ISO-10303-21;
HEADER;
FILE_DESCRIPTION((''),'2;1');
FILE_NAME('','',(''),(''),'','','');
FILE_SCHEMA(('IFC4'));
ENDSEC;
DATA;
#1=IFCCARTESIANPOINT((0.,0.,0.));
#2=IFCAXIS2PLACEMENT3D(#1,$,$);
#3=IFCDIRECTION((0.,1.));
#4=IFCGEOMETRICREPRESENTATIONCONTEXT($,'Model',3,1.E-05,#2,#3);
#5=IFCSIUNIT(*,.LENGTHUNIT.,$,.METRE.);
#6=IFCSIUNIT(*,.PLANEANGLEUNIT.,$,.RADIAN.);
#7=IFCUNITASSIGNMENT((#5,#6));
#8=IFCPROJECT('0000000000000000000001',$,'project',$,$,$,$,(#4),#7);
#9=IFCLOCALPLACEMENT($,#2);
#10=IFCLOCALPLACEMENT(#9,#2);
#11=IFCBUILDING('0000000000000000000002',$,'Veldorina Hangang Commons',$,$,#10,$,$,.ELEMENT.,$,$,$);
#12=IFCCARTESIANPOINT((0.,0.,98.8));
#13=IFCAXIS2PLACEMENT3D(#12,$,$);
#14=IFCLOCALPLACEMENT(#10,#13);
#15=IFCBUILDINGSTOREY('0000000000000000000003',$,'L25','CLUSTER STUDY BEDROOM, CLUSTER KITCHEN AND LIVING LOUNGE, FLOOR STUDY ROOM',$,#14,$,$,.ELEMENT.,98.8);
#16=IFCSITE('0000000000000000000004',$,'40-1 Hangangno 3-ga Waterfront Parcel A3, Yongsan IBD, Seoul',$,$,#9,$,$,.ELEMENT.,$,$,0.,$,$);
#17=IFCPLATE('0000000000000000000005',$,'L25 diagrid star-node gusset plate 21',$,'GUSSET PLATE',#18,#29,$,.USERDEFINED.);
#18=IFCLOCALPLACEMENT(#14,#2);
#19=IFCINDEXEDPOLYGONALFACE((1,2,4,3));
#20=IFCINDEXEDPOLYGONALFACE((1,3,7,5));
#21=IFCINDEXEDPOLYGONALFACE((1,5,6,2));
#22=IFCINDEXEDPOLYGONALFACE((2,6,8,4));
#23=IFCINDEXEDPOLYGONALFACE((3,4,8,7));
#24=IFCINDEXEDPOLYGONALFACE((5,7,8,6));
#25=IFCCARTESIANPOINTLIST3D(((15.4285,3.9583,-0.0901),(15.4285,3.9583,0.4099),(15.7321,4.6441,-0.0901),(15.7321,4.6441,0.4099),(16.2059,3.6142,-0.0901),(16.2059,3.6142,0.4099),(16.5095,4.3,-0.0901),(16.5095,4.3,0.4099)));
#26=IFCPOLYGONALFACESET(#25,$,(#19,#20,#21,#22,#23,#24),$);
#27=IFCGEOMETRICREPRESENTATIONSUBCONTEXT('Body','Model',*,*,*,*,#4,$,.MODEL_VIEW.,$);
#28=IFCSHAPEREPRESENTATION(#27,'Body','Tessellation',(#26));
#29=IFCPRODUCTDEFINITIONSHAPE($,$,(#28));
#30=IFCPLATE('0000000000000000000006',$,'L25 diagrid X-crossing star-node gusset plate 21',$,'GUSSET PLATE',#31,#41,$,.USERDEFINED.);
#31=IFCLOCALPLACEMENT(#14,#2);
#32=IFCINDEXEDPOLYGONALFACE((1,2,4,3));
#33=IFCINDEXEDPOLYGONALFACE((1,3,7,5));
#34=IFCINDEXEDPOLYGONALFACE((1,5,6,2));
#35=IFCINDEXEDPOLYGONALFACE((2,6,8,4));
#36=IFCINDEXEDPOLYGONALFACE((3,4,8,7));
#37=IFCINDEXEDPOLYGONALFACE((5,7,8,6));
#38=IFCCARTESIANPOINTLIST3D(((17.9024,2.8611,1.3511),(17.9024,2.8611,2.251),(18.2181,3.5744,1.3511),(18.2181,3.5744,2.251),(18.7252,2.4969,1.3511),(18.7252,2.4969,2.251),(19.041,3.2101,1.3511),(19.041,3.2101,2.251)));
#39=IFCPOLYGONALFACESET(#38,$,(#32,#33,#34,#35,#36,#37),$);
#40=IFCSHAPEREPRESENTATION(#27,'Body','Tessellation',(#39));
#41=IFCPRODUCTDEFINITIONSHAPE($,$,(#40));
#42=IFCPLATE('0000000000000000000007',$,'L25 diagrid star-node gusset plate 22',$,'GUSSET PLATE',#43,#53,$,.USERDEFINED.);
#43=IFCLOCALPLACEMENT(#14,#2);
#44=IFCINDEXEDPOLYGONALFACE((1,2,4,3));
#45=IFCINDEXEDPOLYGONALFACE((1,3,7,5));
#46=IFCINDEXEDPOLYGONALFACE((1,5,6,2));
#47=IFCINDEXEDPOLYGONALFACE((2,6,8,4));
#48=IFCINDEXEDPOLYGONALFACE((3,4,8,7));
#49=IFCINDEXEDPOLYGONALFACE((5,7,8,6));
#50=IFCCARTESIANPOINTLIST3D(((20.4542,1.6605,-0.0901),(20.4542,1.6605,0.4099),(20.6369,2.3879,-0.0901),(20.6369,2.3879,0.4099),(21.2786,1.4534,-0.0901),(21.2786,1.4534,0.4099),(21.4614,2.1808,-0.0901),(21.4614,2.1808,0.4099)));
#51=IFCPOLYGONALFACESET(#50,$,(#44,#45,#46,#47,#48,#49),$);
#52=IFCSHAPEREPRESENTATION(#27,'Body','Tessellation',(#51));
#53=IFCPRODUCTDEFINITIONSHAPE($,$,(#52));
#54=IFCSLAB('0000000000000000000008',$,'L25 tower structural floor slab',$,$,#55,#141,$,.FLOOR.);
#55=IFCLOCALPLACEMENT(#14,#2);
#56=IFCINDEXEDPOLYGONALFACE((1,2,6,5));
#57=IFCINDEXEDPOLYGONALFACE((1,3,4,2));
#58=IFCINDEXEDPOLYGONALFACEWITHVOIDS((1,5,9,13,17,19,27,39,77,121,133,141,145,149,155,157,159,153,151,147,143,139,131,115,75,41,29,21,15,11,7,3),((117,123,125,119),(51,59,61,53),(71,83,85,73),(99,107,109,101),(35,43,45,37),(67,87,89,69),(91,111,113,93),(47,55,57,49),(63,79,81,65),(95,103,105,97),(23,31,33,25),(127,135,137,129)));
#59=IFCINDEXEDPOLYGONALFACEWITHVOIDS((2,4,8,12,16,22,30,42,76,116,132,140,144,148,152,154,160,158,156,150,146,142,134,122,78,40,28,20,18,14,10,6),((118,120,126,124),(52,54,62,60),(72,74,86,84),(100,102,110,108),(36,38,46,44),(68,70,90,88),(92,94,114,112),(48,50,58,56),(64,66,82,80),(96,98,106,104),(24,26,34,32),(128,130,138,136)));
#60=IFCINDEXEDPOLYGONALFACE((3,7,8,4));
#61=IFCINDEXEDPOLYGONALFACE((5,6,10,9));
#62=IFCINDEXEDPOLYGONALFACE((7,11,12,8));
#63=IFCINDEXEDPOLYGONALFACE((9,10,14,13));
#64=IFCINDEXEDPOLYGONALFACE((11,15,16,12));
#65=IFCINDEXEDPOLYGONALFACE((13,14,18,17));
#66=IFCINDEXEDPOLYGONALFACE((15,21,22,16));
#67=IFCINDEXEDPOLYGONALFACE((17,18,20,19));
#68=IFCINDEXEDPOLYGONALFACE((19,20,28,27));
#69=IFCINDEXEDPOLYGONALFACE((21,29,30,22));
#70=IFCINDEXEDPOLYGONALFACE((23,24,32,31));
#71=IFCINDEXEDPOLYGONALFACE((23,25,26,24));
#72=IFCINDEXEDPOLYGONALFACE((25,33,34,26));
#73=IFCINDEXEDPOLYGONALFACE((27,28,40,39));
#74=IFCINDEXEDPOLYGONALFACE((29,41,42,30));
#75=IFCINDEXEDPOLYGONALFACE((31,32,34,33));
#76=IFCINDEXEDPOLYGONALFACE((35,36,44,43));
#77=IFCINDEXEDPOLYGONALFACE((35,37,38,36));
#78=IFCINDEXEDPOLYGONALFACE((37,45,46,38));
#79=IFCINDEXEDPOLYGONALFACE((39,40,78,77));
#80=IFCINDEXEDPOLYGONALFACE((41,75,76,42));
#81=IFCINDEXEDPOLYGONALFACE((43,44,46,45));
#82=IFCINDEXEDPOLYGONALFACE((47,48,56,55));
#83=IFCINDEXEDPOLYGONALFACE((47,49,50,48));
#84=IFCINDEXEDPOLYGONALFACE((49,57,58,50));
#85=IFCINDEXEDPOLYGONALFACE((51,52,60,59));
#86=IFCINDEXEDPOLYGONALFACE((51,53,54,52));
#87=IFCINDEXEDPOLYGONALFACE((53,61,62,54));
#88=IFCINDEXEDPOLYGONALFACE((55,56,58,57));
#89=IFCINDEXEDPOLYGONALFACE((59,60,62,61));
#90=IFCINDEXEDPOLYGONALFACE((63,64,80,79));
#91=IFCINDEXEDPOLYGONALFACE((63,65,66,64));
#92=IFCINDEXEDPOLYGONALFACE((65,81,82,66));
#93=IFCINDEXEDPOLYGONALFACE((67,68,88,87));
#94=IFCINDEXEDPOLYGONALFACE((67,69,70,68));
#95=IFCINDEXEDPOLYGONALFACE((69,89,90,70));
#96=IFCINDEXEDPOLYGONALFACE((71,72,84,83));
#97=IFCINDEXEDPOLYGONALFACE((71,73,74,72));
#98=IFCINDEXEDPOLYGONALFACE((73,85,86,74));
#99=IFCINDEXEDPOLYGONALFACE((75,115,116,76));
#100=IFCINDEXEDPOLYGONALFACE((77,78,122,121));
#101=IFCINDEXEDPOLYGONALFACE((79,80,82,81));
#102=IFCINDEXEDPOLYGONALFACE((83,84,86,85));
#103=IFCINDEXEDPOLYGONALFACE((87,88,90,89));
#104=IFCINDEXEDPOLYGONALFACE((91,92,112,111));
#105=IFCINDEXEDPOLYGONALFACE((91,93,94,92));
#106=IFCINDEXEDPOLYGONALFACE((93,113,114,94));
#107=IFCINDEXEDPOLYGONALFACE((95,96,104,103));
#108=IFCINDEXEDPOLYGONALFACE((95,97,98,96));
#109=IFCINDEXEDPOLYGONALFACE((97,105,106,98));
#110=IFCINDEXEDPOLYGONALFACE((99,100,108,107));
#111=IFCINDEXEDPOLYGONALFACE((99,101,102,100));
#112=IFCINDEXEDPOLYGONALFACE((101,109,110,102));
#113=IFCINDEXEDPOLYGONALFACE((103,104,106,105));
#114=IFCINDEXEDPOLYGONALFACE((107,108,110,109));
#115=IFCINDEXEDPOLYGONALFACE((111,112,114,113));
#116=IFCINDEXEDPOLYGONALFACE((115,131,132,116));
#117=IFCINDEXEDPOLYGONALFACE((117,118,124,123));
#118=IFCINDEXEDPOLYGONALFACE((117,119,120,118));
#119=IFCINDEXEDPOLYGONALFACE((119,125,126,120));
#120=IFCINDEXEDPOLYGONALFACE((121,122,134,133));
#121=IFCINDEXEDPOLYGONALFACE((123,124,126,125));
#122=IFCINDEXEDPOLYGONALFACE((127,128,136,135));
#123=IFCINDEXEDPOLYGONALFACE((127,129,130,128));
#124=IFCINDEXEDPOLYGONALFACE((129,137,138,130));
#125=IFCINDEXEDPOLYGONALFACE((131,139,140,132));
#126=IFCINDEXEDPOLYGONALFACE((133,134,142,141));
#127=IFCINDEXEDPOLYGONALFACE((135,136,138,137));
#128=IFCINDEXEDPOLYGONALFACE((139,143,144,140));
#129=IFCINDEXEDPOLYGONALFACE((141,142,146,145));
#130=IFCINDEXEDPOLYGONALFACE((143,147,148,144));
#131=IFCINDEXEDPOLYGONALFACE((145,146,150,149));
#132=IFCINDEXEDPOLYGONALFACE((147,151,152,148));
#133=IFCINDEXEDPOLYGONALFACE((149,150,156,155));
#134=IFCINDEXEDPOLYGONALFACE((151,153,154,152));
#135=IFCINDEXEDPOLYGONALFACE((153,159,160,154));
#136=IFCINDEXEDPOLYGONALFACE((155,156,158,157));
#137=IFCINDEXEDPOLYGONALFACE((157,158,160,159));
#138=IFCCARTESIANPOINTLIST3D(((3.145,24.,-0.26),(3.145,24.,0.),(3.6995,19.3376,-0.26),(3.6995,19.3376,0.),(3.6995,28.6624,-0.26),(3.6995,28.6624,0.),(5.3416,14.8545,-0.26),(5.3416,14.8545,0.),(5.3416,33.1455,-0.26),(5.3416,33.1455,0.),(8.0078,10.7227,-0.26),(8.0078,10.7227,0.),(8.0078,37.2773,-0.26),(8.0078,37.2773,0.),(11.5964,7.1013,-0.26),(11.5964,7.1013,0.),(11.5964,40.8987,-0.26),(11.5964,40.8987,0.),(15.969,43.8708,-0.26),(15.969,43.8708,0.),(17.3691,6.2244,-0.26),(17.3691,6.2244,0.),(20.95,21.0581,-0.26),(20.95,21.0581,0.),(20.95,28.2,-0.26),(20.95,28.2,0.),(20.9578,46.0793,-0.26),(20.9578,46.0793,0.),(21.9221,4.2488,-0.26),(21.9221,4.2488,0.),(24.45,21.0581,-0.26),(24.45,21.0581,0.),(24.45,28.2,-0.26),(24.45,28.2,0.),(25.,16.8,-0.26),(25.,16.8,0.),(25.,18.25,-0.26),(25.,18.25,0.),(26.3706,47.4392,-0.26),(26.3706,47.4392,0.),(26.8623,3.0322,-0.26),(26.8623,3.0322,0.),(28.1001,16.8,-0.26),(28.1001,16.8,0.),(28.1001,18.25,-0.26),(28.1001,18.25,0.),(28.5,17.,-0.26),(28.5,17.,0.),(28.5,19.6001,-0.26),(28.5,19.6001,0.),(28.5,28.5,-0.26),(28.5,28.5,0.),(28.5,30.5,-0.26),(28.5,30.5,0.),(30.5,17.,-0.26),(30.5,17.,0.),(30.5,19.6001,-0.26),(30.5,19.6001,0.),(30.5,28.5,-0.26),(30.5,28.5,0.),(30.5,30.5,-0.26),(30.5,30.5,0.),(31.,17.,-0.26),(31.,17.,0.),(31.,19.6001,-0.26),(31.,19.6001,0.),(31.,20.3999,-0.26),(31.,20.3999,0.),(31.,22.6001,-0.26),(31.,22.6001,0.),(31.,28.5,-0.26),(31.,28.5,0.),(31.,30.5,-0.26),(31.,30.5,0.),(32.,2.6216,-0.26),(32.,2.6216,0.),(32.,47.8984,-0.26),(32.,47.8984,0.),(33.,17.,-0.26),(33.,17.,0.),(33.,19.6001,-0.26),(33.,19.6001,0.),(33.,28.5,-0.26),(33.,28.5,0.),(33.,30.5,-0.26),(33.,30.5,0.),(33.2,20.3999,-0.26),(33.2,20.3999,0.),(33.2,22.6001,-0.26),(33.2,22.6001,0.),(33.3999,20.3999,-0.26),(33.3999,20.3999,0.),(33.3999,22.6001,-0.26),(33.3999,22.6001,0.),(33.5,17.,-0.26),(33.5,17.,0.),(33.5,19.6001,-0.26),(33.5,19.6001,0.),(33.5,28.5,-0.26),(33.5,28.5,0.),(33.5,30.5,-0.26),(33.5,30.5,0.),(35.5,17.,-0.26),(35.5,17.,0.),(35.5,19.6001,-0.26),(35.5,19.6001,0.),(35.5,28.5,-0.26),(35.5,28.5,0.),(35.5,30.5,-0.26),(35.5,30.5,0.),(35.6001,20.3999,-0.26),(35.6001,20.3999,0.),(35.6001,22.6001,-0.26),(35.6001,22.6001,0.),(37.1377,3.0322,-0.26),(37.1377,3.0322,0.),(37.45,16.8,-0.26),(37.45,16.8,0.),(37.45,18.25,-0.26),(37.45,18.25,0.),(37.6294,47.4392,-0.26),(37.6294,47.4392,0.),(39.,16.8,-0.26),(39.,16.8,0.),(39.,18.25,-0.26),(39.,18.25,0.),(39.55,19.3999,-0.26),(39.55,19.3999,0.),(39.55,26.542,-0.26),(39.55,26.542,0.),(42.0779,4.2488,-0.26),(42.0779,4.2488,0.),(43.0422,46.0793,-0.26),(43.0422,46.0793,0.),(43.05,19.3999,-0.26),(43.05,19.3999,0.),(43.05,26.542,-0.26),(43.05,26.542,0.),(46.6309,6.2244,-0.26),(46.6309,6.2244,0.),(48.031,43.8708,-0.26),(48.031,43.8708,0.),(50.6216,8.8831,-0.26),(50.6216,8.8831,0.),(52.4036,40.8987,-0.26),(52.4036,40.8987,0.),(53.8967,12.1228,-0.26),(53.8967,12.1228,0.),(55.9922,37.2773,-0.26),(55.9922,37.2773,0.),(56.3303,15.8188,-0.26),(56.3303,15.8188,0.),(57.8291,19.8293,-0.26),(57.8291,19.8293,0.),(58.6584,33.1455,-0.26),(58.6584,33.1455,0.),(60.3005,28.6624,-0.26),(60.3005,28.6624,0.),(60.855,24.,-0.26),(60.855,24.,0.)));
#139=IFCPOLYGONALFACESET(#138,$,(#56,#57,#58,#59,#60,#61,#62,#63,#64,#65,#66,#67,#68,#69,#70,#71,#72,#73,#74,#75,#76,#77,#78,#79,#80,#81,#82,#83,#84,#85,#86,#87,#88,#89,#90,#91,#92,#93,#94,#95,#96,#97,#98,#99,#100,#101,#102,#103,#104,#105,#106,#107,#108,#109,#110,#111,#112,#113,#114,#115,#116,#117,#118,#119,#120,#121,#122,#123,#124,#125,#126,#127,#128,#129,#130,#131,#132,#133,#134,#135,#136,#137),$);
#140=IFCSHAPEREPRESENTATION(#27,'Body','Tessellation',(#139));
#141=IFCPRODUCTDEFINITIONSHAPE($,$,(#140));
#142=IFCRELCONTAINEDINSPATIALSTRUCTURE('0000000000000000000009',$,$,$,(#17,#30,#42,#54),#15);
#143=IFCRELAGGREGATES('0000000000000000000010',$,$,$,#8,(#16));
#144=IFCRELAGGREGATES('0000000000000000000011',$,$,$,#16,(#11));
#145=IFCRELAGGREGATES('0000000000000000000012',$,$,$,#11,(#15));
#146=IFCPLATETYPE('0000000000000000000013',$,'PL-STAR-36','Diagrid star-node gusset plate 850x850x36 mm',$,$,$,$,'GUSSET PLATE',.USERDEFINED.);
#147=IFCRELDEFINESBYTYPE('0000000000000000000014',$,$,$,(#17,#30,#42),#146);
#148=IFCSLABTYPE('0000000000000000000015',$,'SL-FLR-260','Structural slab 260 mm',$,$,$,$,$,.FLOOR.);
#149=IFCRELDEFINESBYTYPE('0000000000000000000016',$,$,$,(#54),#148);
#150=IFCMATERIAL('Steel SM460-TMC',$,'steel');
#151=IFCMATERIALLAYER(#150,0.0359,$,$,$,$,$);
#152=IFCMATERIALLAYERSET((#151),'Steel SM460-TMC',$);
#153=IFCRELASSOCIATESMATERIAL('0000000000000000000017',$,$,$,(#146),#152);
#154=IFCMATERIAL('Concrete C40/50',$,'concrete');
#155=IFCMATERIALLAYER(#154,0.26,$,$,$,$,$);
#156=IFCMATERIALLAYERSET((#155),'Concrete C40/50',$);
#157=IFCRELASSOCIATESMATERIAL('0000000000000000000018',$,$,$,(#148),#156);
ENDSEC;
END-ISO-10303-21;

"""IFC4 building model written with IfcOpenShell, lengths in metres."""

from ifc_helpers import new_model, si_unit, direction, frame, origin, origin_2d, place, context, subcontext, project, spatial, polyline, rectangle, outline, extrude, material, layer, layer_set, type_object, element, save


model = new_model("IFC4")

# Units and contexts
model_context = context("Model", 3, precision=1e-05, world=origin(), true_north=direction((0.0, 1.0)))
body_context = subcontext(model_context, "Body", "Model", "MODEL_VIEW")
ifc_project = project(units=[si_unit("LENGTHUNIT", "METRE"), si_unit("PLANEANGLEUNIT", "RADIAN")], contexts=[model_context])

# Site, building, storey
site_placement = place(None, origin())
site = spatial("IfcSite", under=ifc_project, at=site_placement, Name="40-1 Hangangno 3-ga Waterfront Parcel A3, Yongsan IBD, Seoul", CompositionType="ELEMENT", RefElevation=0.0)
building_placement = place(site_placement, origin())
building = spatial("IfcBuilding", under=site, at=building_placement, Name="Veldorina Hangang Commons", CompositionType="ELEMENT")
storey_placement = place(building_placement, frame((0.0, 0.0, 98.8)))
storey = spatial("IfcBuildingStorey", under=building, at=storey_placement, Name="L25", Description="CLUSTER STUDY BEDROOM, CLUSTER KITCHEN AND LIVING LOUNGE, FLOOR STUDY ROOM", CompositionType="ELEMENT", Elevation=98.8)

# Shared definitions
ifc_material_1 = material(Name="Steel SM460-TMC", Category="steel")

# Plates
ifc_layer_1 = layer(ifc_material_1, 0.0359)
ifc_layer_set_1 = layer_set([ifc_layer_1], Name="Steel SM460-TMC")
plate_type_1 = type_object("IfcPlateType", Name="PL-STAR-36", Description="Diagrid star-node gusset plate 850x850x36 mm", ElementType="GUSSET PLATE", PredefinedType="USERDEFINED", material=ifc_layer_set_1)
for number, where, z_axis, x_axis, name in (
    (1, (15.969, 4.1292, -0.0901), (0.0, 0.0, 1.0), (0.914409, -0.404791, 0.0), "L25 diagrid star-node gusset plate 21"),
):
    element("IfcPlate", number, at=place(storey_placement, frame(where, z_axis=z_axis, x_axis=x_axis)), inside=storey, type_object=plate_type_1, Name=name, ObjectType="GUSSET PLATE", PredefinedType="USERDEFINED", context=body_context, shape_type="SweptSolid", body=[
        extrude(rectangle(XDim=0.8501, YDim=0.75, at=origin_2d()), origin(), (0.0, 0.0, 1.0), 0.5),
    ])
plate_1_placement = place(storey_placement, frame((18.4717, 3.0356, 1.3511), z_axis=(0.0, 0.0, 1.0), x_axis=(0.914409, -0.404791, 0.0)))
element("IfcPlate", 2, at=plate_1_placement, inside=storey, type_object=plate_type_1, Name="L25 diagrid X-crossing star-node gusset plate 21", ObjectType="GUSSET PLATE", PredefinedType="USERDEFINED", context=body_context, shape_type="SweptSolid", body=[
    extrude(rectangle(XDim=0.8999, YDim=0.78, at=origin_2d()), origin(), (0.0, 0.0, 1.0), 0.8999),
])
plate_2_placement = place(storey_placement, frame((20.9578, 1.9207, -0.0901), z_axis=(0.0, 0.0, 1.0), x_axis=(0.969859, -0.243666, 0.0)))
element("IfcPlate", 3, at=plate_2_placement, inside=storey, type_object=plate_type_1, Name="L25 diagrid star-node gusset plate 22", ObjectType="GUSSET PLATE", PredefinedType="USERDEFINED", context=body_context, shape_type="SweptSolid", body=[
    extrude(rectangle(XDim=0.8501, YDim=0.75, at=origin_2d()), origin(), (0.0, 0.0, 1.0), 0.5),
])

# Slab
ifc_material_2 = material(Name="Concrete C40/50", Category="concrete")
ifc_layer_2 = layer(ifc_material_2, 0.26)
ifc_layer_set_2 = layer_set([ifc_layer_2], Name="Concrete C40/50")
slab_type_1 = type_object("IfcSlabType", Name="SL-FLR-260", Description="Structural slab 260 mm", PredefinedType="FLOOR", material=ifc_layer_set_2)
slab_1_placement = place(storey_placement, frame((0.0, 0.0, -0.26)))
element("IfcSlab", 4, at=slab_1_placement, inside=storey, type_object=slab_type_1, Name="L25 tower structural floor slab", PredefinedType="FLOOR", context=body_context, shape_type="SweptSolid", body=[
    extrude(outline(polyline([(60.855, 24.0), (60.3005, 28.6624), (58.6584, 33.1455), (55.9922, 37.2773), (52.4036, 40.8987), (48.031, 43.8708), (43.0422, 46.0793), (37.6294, 47.4392), (32.0, 47.8984), (26.3706, 47.4392), (20.9578, 46.0793), (15.969, 43.8708), (11.5964, 40.8987), (8.0078, 37.2773), (5.3416, 33.1455), (3.6995, 28.6624), (3.145, 24.0), (3.6995, 19.3376), (5.3416, 14.8545), (8.0078, 10.7227), (11.5964, 7.1013), (17.3691, 6.2244), (21.9221, 4.2488), (26.8623, 3.0322), (32.0, 2.6216), (37.1377, 3.0322), (42.0779, 4.2488), (46.6309, 6.2244), (50.6216, 8.8831), (53.8967, 12.1228), (56.3303, 15.8188), (57.8291, 19.8293), (60.855, 24.0)]), holes=[polyline([(20.95, 21.0581), (20.95, 28.2), (24.45, 28.2), (24.45, 21.0581), (20.95, 21.0581)]), polyline([(43.05, 26.542), (43.05, 19.3999), (39.55, 19.3999), (39.55, 26.542), (43.05, 26.542)]), polyline([(28.5, 30.5), (30.5, 30.5), (30.5, 28.5), (28.5, 28.5), (28.5, 30.5)]), polyline([(31.0, 30.5), (33.0, 30.5), (33.0, 28.5), (31.0, 28.5), (31.0, 30.5)]), polyline([(33.5, 30.5), (35.5, 30.5), (35.5, 28.5), (33.5, 28.5), (33.5, 30.5)]), polyline([(31.0, 22.6001), (33.2, 22.6001), (33.2, 20.3999), (31.0, 20.3999), (31.0, 22.6001)]), polyline([(33.3999, 22.6001), (35.6001, 22.6001), (35.6001, 20.3999), (33.3999, 20.3999), (33.3999, 22.6001)]), polyline([(28.5, 19.6001), (30.5, 19.6001), (30.5, 17.0), (28.5, 17.0), (28.5, 19.6001)]), polyline([(31.0, 19.6001), (33.0, 19.6001), (33.0, 17.0), (31.0, 17.0), (31.0, 19.6001)]), polyline([(33.5, 19.6001), (35.5, 19.6001), (35.5, 17.0), (33.5, 17.0), (33.5, 19.6001)]), polyline([(25.0, 18.25), (28.1001, 18.25), (28.1001, 16.8), (25.0, 16.8), (25.0, 18.25)]), polyline([(37.45, 18.25), (39.0, 18.25), (39.0, 16.8), (37.45, 16.8), (37.45, 18.25)])]), origin(), (0.0, 0.0, 1.0), 0.26),
])

save(model, "model.ifc")
